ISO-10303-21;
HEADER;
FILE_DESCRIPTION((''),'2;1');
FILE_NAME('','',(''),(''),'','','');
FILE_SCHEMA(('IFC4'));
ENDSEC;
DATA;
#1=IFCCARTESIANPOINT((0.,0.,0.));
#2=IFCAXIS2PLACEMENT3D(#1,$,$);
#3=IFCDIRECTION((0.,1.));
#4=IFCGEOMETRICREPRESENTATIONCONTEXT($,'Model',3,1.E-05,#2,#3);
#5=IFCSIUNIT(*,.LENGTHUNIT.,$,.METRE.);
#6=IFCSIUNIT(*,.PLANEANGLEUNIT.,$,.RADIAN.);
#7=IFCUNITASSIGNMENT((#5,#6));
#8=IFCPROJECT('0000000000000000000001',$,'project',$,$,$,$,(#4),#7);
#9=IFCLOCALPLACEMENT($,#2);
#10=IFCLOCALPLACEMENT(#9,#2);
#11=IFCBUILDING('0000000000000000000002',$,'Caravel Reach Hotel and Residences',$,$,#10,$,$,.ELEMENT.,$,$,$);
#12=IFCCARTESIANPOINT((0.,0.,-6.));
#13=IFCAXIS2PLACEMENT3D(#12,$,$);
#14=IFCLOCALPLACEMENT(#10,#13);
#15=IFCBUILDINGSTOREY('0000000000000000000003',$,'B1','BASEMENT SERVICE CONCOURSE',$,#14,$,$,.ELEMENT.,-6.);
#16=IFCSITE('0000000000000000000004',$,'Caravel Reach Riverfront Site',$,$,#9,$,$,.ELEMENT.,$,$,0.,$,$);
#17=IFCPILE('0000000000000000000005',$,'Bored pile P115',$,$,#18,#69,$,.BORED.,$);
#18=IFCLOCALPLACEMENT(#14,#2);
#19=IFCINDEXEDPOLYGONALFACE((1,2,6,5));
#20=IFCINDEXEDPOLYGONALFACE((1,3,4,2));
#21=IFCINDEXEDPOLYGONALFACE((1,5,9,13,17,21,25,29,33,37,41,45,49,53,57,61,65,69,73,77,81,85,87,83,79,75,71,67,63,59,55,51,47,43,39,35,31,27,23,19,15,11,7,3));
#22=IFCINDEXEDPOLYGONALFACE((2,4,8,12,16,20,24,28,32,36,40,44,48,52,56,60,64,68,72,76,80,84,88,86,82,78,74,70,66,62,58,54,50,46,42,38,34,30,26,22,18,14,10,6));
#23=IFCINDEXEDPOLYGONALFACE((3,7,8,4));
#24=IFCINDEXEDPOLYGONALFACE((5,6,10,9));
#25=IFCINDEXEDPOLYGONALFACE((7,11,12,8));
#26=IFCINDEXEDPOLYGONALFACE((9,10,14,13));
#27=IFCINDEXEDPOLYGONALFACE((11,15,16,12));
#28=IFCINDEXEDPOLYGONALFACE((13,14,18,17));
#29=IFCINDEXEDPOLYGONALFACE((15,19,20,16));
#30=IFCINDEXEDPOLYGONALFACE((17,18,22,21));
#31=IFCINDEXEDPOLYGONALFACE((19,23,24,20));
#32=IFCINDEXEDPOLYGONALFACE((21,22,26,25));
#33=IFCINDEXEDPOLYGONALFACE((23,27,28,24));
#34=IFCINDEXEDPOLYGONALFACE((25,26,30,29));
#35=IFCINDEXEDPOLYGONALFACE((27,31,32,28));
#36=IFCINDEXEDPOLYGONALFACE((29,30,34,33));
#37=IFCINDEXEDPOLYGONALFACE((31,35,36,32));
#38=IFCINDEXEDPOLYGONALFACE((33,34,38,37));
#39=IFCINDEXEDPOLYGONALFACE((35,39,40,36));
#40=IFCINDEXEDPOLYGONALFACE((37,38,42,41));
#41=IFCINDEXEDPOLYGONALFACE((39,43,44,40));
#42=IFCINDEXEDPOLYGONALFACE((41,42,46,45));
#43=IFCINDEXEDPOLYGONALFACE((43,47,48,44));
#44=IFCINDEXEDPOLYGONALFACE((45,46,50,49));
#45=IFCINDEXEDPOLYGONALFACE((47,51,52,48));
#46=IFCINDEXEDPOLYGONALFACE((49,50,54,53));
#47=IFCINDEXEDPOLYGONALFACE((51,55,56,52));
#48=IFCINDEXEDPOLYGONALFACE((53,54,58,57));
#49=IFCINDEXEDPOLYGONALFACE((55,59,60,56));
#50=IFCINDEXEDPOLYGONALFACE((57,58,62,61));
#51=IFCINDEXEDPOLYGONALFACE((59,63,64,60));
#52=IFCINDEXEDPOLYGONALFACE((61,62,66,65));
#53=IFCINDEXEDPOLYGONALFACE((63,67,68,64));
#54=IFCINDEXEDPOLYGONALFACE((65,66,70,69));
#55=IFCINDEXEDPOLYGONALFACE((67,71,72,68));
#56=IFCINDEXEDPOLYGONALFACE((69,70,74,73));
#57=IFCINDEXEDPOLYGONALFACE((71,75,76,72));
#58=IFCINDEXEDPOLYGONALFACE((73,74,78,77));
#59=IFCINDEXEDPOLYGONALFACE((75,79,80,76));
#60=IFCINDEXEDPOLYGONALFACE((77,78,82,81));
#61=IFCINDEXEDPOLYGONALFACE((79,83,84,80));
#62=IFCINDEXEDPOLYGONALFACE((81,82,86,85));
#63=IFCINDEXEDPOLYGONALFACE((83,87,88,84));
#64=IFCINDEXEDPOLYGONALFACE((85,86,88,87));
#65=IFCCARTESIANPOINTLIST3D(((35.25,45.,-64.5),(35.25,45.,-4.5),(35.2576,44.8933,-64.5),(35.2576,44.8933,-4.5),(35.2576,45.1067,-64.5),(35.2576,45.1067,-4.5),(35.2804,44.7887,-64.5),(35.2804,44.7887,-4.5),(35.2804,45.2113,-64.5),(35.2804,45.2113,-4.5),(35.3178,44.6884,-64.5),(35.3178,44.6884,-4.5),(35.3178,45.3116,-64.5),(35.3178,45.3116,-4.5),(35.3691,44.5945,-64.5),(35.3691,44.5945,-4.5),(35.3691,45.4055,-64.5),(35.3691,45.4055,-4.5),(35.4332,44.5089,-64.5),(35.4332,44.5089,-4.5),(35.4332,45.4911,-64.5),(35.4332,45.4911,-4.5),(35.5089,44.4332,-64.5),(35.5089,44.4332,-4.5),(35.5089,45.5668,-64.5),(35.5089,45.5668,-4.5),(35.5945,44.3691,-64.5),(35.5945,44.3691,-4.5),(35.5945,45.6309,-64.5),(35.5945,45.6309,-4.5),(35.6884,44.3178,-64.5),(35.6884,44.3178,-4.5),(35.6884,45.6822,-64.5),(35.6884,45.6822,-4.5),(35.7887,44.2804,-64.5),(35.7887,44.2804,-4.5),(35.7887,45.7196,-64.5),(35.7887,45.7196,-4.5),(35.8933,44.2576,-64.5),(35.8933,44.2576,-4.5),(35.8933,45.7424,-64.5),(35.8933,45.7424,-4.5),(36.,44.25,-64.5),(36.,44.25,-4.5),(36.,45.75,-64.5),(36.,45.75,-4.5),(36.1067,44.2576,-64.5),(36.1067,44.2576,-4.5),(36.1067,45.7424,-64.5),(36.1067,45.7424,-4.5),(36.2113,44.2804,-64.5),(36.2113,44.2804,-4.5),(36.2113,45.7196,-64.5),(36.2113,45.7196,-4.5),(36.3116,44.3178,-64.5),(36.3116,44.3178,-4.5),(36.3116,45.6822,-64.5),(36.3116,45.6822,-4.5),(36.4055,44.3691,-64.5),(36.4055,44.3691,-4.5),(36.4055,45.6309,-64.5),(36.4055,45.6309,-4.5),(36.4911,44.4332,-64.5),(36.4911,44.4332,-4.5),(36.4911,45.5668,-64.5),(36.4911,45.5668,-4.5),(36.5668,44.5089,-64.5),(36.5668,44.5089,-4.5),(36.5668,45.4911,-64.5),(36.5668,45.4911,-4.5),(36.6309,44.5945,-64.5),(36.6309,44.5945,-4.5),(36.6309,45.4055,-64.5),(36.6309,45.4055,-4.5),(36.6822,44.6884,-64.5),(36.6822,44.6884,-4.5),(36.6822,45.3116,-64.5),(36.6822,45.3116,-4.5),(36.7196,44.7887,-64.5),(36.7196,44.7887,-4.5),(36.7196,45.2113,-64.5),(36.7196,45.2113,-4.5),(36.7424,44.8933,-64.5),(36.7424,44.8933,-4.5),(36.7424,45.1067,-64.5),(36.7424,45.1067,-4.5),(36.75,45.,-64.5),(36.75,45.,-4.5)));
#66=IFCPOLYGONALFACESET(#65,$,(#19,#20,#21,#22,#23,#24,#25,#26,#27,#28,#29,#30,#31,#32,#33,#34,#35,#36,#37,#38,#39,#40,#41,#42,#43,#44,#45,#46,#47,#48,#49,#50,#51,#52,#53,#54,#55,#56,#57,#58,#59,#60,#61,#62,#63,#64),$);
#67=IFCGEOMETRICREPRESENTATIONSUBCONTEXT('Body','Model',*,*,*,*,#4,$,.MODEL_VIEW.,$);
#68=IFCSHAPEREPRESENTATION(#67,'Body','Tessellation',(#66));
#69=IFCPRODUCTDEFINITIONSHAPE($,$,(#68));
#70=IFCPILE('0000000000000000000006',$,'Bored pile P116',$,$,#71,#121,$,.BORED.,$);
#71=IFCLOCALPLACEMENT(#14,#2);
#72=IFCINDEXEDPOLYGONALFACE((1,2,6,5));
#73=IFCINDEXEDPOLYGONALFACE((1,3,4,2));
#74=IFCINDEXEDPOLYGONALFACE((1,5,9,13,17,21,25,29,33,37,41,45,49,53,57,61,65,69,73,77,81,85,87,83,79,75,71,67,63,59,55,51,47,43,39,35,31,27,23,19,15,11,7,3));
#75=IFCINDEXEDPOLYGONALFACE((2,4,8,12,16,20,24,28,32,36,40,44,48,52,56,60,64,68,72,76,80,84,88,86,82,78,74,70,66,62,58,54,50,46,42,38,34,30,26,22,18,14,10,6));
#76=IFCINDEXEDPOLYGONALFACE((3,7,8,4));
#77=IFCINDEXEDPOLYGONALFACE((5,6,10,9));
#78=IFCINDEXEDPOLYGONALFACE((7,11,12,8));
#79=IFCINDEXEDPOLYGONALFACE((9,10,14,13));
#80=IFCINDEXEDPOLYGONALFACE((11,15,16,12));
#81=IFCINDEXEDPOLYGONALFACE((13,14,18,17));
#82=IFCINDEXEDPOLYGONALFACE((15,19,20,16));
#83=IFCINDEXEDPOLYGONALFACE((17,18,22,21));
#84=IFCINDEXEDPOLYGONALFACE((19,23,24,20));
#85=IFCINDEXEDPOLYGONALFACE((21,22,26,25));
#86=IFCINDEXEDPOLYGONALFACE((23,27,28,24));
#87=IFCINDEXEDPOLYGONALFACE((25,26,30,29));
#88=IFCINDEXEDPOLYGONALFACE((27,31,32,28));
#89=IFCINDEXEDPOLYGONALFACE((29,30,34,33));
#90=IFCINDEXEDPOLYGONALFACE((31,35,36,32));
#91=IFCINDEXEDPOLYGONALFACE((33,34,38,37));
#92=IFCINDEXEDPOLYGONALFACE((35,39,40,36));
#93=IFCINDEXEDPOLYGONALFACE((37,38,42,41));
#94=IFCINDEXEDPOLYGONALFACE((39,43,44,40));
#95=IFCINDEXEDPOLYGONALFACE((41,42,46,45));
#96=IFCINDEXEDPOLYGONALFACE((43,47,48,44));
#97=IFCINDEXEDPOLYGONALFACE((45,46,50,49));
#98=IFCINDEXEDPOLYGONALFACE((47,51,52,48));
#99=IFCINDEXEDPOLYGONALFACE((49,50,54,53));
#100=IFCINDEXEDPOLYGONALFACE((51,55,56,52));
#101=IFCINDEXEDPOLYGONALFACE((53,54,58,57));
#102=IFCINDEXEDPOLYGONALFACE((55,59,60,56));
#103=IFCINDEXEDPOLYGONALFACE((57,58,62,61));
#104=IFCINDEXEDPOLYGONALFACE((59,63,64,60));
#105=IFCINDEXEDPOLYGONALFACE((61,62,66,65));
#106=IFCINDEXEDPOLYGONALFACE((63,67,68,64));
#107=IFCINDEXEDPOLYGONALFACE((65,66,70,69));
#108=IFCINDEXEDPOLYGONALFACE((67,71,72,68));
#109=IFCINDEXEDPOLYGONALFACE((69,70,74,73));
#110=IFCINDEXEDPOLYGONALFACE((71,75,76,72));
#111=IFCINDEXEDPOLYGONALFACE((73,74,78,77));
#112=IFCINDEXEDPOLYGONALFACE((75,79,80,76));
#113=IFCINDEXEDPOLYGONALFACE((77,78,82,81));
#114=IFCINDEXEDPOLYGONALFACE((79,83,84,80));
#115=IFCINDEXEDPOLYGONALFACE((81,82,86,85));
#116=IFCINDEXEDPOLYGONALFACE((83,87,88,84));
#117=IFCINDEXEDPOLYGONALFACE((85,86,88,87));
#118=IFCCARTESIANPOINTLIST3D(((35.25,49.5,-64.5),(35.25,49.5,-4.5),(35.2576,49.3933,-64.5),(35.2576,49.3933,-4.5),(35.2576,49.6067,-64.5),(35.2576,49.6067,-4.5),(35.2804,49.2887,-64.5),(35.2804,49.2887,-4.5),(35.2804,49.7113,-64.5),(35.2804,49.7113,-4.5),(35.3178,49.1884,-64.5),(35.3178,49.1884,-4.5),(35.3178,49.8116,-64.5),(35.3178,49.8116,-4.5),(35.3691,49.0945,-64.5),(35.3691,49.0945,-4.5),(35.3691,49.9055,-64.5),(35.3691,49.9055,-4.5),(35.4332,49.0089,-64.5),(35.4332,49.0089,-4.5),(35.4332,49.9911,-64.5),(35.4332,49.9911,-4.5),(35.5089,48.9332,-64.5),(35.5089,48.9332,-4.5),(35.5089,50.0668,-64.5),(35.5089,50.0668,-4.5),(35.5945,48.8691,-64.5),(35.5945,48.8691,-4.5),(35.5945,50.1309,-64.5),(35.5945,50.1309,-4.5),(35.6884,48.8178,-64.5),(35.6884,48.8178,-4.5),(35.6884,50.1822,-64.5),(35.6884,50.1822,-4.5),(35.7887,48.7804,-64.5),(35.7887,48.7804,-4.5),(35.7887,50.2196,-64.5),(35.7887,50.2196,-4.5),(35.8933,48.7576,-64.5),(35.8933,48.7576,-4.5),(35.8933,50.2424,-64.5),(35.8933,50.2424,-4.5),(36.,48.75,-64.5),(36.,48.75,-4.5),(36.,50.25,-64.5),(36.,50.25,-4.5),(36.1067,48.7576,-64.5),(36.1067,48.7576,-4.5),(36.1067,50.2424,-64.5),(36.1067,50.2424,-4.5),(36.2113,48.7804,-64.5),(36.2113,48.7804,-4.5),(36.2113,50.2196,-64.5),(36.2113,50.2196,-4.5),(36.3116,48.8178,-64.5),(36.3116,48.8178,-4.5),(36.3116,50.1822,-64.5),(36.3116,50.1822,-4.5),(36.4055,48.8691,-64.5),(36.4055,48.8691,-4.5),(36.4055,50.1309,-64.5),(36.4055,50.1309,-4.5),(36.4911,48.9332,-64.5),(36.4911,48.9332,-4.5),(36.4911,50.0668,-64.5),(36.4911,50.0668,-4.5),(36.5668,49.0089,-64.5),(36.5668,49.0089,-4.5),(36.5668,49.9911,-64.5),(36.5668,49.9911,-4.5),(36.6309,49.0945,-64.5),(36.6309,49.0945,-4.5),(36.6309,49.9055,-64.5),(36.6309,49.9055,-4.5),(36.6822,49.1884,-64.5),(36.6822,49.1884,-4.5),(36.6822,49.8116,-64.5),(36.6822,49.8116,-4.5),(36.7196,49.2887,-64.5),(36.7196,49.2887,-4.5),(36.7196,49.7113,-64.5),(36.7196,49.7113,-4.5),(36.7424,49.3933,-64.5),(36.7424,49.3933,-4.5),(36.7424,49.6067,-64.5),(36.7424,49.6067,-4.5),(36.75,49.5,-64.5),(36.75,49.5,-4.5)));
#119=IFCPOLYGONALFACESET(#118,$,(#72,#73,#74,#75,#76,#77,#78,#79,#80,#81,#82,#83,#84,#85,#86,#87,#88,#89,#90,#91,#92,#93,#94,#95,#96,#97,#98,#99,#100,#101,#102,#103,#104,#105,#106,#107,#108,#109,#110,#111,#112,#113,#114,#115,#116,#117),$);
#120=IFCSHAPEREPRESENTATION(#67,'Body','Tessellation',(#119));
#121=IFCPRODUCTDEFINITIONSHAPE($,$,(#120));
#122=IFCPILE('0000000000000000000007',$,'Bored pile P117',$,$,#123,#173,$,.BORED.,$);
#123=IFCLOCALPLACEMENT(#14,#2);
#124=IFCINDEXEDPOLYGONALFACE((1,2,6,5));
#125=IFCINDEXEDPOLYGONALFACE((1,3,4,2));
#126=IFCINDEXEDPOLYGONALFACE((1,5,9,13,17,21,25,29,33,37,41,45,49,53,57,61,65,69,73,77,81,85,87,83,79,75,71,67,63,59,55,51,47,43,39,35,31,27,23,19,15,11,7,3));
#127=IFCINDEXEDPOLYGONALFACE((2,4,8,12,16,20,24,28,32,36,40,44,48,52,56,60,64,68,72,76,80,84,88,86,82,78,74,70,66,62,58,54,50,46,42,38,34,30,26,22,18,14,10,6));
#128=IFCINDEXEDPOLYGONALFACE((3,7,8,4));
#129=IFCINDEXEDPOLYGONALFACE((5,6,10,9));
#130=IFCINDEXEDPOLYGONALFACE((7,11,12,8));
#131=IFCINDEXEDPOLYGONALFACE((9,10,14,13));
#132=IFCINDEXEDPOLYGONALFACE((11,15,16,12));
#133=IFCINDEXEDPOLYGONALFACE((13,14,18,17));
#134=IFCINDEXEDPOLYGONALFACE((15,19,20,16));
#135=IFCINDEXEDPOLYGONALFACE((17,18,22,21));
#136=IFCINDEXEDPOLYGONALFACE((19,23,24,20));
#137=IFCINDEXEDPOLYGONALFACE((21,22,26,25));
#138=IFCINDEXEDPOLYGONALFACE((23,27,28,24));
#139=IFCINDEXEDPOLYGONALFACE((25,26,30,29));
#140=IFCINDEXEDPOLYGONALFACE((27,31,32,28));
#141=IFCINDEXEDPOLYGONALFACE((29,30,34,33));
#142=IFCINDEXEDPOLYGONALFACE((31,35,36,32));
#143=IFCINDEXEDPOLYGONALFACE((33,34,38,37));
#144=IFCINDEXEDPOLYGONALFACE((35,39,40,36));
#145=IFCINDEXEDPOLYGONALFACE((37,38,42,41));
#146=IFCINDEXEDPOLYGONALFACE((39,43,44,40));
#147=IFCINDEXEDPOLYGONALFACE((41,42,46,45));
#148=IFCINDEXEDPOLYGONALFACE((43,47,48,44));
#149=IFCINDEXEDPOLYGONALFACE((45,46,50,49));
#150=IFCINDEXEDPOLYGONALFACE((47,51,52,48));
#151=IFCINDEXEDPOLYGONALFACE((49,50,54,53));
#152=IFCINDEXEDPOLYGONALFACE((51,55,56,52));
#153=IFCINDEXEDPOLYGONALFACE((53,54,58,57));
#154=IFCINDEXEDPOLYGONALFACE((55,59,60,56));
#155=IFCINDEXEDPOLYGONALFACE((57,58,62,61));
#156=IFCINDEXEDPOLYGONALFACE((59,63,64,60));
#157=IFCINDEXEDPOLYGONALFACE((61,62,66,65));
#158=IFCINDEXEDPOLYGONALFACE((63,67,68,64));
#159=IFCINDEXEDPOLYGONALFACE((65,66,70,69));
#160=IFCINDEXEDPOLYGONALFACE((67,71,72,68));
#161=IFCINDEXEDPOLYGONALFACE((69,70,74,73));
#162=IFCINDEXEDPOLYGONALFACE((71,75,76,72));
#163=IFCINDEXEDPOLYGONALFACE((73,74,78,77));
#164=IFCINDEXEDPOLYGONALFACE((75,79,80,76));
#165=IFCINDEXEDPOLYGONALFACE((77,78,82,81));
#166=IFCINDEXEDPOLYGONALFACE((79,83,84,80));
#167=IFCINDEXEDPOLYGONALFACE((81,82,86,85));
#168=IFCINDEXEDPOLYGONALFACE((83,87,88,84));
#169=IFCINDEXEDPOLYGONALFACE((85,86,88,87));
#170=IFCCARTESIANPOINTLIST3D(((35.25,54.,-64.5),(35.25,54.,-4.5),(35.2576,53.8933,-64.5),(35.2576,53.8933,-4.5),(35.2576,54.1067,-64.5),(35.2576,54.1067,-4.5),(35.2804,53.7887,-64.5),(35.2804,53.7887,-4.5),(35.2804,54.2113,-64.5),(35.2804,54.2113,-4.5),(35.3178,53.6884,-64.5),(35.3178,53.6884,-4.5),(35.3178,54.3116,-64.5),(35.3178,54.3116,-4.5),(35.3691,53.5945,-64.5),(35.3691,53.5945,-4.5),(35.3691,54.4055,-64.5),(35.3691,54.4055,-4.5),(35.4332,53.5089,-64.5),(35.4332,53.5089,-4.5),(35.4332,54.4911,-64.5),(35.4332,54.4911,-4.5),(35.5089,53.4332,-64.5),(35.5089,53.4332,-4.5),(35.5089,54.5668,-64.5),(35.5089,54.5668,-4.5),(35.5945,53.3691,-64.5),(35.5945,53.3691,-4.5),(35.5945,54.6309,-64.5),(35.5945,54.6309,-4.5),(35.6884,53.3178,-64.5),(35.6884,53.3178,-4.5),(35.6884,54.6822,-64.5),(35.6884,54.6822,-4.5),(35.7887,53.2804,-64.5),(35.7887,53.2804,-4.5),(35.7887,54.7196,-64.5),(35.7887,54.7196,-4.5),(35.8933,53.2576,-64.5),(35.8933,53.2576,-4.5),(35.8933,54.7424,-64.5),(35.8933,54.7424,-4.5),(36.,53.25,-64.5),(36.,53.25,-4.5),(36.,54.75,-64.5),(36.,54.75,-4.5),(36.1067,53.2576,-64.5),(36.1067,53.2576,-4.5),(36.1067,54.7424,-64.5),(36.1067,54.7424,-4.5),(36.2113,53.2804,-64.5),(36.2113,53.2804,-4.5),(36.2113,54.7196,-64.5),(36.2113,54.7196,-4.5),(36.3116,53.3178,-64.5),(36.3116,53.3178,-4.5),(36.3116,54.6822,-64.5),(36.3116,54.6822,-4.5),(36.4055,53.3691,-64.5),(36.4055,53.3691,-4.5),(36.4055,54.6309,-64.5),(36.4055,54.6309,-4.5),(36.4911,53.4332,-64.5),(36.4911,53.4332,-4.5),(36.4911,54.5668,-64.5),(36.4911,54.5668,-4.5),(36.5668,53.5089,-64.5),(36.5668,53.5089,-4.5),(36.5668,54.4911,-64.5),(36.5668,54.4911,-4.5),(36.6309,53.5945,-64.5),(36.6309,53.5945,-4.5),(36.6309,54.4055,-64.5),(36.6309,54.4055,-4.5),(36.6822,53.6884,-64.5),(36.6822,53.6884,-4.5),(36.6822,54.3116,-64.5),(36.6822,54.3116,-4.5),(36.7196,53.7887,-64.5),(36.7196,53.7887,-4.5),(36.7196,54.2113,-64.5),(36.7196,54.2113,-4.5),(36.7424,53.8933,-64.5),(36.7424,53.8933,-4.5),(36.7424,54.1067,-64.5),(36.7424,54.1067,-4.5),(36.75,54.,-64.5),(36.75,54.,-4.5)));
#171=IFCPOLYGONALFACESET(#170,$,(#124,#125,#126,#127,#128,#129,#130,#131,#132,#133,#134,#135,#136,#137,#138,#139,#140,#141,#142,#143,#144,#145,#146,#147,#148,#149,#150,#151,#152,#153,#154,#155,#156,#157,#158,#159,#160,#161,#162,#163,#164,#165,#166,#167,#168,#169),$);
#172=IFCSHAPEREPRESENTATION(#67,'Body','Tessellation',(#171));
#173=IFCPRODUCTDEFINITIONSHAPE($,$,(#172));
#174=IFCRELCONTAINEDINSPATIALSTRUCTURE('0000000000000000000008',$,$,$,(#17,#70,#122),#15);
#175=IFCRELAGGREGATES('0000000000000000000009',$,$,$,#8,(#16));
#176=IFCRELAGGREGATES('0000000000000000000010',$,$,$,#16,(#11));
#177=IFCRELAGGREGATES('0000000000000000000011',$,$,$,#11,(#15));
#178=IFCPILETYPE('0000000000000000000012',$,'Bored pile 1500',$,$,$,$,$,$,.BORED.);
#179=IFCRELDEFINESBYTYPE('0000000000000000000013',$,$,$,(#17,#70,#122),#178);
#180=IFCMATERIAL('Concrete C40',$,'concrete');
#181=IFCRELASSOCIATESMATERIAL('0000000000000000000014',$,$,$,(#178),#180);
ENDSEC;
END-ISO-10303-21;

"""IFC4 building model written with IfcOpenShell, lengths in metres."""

from ifc_helpers import new_model, si_unit, direction, frame, origin, origin_2d, place, context, subcontext, project, spatial, circle, extrude, material, material_profile, profile_set, type_object, element, save


model = new_model("IFC4")

# Units and contexts
model_context = context("Model", 3, precision=1e-05, world=origin(), true_north=direction((0.0, 1.0)))
body_context = subcontext(model_context, "Body", "Model", "MODEL_VIEW")
ifc_project = project(units=[si_unit("LENGTHUNIT", "METRE"), si_unit("PLANEANGLEUNIT", "RADIAN")], contexts=[model_context])

# Site, building, storey
site_placement = place(None, origin())
site = spatial("IfcSite", under=ifc_project, at=site_placement, Name="Caravel Reach Riverfront Site", CompositionType="ELEMENT", RefElevation=0.0)
building_placement = place(site_placement, origin())
building = spatial("IfcBuilding", under=site, at=building_placement, Name="Caravel Reach Hotel and Residences", CompositionType="ELEMENT")
storey_placement = place(building_placement, frame((0.0, 0.0, -6.0)))
storey = spatial("IfcBuildingStorey", under=building, at=storey_placement, Name="B1", Description="BASEMENT SERVICE CONCOURSE", CompositionType="ELEMENT", Elevation=-6.0)

# Piles
ifc_material_1 = material(Name="Concrete C40", Category="concrete")
ifc_material_profile_1 = material_profile(ifc_material_1, circle(Radius=0.75, at=origin_2d()), Name="PILE 1500")
ifc_profile_set_1 = profile_set([ifc_material_profile_1], Name="Concrete C40")
pile_type = type_object("IfcPileType", Name="Bored pile 1500", PredefinedType="BORED", material=ifc_profile_set_1)
for number, where, z_axis, x_axis, name in (
    (1, (36.0, 45.0, -4.5), (0.0, 0.0, -1.0), (1.0, 0.0, 0.0), "Bored pile P115"),
    (2, (36.0, 49.5, -4.5), (0.0, 0.0, -1.0), (1.0, 0.0, 0.0), "Bored pile P116"),
    (3, (36.0, 54.0, -4.5), (0.0, 0.0, -1.0), (1.0, 0.0, 0.0), "Bored pile P117"),
):
    element("IfcPile", number, at=place(storey_placement, frame(where, z_axis=z_axis, x_axis=x_axis)), inside=storey, type_object=pile_type, Name=name, PredefinedType="BORED", context=body_context, shape_type="SweptSolid", body=[
        extrude(circle(Radius=0.75, at=origin_2d()), origin(), (0.0, 0.0, 1.0), 60.0),
    ])

save(model, "model.ifc")
